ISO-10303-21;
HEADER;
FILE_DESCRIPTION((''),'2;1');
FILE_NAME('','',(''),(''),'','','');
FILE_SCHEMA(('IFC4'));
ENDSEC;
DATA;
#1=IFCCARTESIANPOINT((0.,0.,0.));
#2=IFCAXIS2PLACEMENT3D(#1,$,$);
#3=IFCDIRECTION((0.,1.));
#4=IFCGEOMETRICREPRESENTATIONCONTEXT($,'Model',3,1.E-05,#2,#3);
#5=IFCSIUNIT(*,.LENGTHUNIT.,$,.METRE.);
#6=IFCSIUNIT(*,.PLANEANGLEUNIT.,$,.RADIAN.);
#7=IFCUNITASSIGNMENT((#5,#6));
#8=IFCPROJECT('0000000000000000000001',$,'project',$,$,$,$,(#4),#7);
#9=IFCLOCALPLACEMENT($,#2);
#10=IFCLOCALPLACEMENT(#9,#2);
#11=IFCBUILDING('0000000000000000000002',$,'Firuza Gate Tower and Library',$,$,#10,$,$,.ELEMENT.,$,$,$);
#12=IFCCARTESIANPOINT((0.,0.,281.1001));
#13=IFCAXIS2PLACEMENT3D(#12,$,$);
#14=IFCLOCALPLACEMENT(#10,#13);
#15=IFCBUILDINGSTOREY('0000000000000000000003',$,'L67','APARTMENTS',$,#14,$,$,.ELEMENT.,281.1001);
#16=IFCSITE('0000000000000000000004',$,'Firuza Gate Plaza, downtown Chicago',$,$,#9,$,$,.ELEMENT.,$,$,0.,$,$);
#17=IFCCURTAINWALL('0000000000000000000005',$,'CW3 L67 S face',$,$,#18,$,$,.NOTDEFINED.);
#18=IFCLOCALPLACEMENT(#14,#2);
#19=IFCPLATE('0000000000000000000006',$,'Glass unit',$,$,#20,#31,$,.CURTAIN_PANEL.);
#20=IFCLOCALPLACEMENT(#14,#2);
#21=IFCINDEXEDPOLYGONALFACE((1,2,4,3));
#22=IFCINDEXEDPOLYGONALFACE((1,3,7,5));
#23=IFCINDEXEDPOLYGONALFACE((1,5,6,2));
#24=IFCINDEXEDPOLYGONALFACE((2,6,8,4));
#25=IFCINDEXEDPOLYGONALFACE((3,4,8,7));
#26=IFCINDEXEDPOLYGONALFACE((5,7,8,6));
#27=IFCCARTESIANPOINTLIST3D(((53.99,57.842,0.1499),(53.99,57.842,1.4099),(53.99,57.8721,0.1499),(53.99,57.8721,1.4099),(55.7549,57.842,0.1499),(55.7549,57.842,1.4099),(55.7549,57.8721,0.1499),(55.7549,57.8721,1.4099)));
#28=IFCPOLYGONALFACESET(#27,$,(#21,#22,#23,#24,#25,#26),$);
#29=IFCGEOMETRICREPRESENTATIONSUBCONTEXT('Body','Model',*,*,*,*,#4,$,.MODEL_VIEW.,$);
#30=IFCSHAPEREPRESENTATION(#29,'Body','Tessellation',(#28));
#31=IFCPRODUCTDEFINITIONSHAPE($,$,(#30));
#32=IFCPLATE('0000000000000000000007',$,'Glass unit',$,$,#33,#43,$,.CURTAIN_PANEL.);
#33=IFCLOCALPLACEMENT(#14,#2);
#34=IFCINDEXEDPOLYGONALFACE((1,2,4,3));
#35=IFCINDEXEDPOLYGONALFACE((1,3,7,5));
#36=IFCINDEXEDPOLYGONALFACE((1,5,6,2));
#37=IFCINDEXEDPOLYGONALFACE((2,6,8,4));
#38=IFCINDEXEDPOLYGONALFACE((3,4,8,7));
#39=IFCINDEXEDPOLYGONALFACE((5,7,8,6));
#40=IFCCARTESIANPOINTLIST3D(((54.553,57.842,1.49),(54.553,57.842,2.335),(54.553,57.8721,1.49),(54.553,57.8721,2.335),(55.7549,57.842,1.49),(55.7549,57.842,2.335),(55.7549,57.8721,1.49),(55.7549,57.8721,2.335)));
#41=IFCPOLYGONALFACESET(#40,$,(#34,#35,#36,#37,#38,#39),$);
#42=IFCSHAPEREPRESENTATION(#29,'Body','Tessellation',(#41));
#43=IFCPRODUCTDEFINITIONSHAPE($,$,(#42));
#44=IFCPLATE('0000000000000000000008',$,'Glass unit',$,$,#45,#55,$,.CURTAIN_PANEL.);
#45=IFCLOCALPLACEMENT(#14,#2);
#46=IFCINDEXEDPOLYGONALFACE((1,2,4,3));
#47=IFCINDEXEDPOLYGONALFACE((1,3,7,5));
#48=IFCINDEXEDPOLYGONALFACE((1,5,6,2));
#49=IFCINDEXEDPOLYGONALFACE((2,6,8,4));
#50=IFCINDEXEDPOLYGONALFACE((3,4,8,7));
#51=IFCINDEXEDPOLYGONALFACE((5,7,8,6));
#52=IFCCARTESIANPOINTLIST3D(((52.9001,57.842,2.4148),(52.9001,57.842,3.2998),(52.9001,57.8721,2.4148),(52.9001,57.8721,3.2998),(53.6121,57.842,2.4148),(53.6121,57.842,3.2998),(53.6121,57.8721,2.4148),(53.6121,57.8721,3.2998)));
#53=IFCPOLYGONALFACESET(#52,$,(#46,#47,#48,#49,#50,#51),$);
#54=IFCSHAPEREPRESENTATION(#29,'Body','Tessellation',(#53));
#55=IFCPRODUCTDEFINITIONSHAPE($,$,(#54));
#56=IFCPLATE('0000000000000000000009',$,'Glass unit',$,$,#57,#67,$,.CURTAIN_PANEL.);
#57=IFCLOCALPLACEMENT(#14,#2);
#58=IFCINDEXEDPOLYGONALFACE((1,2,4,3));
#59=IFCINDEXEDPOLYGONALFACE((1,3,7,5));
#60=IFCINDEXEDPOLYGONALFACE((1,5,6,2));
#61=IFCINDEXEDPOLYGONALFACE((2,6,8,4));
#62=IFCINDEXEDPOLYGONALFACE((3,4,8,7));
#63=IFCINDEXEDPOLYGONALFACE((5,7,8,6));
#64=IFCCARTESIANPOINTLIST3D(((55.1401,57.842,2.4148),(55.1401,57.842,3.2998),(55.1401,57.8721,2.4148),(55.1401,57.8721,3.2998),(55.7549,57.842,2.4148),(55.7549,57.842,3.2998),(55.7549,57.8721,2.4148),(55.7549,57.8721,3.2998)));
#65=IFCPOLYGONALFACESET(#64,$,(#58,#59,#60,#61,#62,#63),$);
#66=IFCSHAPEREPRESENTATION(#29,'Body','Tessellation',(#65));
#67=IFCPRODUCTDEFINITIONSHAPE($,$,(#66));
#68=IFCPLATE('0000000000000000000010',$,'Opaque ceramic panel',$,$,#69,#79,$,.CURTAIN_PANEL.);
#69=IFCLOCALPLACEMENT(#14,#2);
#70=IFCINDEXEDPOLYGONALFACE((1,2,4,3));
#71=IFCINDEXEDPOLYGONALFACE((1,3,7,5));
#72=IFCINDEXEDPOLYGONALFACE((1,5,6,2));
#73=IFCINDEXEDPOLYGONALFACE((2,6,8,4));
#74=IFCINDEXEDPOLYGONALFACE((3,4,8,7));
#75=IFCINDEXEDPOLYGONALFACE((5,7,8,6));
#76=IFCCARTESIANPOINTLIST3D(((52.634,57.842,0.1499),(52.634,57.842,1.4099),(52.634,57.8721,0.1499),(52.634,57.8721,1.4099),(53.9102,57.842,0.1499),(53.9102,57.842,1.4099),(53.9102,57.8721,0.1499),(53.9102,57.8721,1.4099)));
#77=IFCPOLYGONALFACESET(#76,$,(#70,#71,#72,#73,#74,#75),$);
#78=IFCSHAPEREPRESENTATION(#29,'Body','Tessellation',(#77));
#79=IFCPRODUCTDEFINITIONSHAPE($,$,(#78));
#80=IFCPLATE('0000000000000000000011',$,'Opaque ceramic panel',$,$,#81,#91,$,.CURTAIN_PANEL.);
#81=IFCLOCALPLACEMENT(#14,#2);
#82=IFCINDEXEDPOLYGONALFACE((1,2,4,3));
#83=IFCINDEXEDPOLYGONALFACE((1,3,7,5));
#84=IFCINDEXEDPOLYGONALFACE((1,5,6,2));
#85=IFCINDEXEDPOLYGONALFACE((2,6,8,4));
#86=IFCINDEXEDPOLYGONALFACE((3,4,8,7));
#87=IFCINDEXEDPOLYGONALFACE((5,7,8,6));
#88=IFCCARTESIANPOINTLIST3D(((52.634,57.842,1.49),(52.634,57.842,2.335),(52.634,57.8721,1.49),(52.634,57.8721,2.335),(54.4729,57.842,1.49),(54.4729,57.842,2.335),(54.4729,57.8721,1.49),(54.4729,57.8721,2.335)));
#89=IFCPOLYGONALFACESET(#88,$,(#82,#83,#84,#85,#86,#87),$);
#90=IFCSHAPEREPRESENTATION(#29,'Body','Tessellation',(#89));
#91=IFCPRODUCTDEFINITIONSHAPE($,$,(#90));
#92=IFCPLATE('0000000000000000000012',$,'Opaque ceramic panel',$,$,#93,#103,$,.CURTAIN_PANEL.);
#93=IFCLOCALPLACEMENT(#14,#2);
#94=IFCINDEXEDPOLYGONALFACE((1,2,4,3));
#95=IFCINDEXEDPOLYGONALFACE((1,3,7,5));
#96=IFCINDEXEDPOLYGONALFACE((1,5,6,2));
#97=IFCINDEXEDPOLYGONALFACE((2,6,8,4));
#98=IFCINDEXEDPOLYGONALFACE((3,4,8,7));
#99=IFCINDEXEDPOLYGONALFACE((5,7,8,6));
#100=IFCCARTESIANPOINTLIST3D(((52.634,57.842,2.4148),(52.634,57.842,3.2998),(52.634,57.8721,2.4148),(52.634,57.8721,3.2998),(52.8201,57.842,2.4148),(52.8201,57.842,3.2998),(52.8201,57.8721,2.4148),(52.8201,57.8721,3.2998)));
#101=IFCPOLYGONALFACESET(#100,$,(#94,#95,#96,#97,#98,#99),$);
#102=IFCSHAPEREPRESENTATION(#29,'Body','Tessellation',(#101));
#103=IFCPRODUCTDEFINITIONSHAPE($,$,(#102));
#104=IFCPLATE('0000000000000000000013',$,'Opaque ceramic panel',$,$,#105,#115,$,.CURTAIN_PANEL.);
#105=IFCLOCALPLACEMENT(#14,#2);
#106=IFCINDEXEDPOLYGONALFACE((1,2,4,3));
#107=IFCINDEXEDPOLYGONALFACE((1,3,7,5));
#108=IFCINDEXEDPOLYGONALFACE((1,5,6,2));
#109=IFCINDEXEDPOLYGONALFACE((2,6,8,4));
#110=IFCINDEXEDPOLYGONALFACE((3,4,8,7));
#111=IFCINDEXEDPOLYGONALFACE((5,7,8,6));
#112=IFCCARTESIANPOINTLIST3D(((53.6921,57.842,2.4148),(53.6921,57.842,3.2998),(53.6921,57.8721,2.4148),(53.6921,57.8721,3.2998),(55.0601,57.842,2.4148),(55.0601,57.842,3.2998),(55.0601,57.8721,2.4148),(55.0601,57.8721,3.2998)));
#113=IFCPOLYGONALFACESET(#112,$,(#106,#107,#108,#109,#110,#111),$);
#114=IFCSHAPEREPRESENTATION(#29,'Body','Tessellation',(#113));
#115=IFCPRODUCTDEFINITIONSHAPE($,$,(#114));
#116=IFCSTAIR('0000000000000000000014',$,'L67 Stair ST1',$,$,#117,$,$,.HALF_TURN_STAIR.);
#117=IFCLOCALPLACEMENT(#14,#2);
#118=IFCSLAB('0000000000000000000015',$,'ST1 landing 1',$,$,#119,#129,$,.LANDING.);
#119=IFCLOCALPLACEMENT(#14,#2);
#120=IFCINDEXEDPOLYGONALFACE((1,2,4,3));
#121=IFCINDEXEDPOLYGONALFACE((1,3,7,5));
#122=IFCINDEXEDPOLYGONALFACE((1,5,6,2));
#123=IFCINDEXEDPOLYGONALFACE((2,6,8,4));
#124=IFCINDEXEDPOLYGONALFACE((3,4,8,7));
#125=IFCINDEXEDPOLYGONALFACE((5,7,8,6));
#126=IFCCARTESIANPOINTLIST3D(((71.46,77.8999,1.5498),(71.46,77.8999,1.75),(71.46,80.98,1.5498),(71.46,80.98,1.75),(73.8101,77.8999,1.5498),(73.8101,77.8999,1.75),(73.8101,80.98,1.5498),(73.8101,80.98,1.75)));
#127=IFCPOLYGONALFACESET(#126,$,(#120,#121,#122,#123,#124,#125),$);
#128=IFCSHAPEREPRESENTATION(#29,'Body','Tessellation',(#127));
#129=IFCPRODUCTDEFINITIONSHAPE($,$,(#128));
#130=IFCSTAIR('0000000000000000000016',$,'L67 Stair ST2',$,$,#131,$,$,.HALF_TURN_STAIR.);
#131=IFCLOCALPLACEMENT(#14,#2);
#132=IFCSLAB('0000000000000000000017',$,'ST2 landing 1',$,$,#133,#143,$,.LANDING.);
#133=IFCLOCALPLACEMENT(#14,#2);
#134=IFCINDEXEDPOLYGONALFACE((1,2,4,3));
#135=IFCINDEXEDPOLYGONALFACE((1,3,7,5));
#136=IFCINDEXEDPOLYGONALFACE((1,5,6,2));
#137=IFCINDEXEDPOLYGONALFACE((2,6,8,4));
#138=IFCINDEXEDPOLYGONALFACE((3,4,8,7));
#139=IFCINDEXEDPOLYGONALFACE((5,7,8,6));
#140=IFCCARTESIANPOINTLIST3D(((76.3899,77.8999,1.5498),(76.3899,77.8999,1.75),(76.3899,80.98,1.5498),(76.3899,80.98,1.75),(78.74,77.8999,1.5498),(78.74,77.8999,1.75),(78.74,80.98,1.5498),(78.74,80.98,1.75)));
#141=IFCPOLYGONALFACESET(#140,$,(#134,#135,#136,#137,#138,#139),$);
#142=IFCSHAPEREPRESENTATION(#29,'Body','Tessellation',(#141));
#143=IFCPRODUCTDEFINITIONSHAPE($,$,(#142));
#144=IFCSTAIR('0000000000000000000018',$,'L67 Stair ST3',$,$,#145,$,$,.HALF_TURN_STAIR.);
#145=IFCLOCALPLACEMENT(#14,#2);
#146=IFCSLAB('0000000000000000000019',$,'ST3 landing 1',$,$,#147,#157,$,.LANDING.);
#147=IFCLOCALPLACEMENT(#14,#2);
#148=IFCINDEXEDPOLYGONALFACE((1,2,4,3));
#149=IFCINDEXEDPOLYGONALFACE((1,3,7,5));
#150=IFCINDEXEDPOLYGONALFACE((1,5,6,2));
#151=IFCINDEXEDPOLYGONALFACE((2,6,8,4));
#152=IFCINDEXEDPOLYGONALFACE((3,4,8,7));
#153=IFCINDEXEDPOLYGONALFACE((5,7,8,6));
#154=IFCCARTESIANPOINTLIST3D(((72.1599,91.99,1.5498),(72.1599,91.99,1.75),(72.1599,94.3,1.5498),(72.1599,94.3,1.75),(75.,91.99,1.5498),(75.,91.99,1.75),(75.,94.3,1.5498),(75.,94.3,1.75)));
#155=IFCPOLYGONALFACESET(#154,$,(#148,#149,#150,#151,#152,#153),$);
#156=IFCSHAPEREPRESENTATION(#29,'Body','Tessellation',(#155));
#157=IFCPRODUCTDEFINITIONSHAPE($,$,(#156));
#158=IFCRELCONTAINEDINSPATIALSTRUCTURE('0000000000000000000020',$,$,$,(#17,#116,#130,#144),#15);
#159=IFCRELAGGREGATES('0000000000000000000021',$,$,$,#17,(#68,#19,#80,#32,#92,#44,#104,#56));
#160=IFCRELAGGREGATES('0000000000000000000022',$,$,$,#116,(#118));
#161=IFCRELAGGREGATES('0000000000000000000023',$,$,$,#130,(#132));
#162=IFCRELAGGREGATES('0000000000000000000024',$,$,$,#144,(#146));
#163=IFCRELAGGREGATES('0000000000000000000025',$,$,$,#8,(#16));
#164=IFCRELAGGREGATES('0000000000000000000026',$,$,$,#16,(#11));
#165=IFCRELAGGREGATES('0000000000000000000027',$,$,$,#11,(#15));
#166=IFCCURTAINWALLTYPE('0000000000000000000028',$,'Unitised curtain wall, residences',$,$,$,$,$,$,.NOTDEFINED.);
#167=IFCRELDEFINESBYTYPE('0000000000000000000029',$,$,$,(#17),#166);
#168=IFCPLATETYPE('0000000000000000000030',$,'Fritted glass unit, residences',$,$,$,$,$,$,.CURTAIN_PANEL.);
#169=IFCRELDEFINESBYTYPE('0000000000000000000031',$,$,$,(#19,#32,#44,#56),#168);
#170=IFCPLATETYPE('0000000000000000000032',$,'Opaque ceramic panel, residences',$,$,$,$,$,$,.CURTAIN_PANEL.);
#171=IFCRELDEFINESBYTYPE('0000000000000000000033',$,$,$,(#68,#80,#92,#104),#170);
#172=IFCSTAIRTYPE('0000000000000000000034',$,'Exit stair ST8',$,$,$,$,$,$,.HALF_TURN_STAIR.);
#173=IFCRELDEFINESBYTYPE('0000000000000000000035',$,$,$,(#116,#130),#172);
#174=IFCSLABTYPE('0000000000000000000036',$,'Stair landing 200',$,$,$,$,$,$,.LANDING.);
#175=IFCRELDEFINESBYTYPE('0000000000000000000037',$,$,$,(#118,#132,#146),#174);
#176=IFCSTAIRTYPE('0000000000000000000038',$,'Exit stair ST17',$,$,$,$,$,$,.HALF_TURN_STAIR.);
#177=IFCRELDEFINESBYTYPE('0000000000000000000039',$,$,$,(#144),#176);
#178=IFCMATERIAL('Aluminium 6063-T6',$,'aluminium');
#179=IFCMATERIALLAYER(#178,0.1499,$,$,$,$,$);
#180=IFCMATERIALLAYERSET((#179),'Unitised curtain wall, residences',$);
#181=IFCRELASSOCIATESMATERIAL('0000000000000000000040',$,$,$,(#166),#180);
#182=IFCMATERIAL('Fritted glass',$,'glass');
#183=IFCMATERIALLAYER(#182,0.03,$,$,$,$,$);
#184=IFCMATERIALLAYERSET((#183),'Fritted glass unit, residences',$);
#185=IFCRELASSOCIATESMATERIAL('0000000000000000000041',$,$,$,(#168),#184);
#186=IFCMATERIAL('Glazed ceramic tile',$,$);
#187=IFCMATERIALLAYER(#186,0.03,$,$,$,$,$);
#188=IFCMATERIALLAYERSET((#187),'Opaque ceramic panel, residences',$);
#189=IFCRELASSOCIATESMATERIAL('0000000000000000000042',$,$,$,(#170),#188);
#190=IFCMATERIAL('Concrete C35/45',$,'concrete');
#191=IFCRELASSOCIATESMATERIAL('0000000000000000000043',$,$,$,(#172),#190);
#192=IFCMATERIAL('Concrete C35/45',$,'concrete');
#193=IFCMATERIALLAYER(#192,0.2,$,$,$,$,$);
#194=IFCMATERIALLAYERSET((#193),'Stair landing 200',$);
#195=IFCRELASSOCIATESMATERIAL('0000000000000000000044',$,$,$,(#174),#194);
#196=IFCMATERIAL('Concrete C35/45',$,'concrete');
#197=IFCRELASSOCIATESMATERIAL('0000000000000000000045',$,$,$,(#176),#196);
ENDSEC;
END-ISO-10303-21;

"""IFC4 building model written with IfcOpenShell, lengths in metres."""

from ifc_helpers import new_model, si_unit, direction, frame, origin, place, context, subcontext, project, spatial, polyline, outline, extrude, material, layer, layer_set, type_object, element, aggregate, save


model = new_model("IFC4")

# Units and contexts
model_context = context("Model", 3, precision=1e-05, world=origin(), true_north=direction((0.0, 1.0)))
body_context = subcontext(model_context, "Body", "Model", "MODEL_VIEW")
ifc_project = project(units=[si_unit("LENGTHUNIT", "METRE"), si_unit("PLANEANGLEUNIT", "RADIAN")], contexts=[model_context])

# Site, building, storey
site_placement = place(None, origin())
site = spatial("IfcSite", under=ifc_project, at=site_placement, Name="Firuza Gate Plaza, downtown Chicago", CompositionType="ELEMENT", RefElevation=0.0)
building_placement = place(site_placement, origin())
building = spatial("IfcBuilding", under=site, at=building_placement, Name="Firuza Gate Tower and Library", CompositionType="ELEMENT")
storey_placement = place(building_placement, frame((0.0, 0.0, 281.1001)))
storey = spatial("IfcBuildingStorey", under=building, at=storey_placement, Name="L67", Description="APARTMENTS", CompositionType="ELEMENT", Elevation=281.1001)

# Curtain wall
ifc_material_1 = material(Name="Aluminium 6063-T6", Category="aluminium")
ifc_layer_1 = layer(ifc_material_1, 0.1499)
ifc_layer_set_1 = layer_set([ifc_layer_1], Name="Unitised curtain wall, residences")
curtain_wall_type_1 = type_object("IfcCurtainWallType", Name="Unitised curtain wall, residences", PredefinedType="NOTDEFINED", material=ifc_layer_set_1)
placement_1 = place(storey_placement, origin())
curtain_wall_1 = element("IfcCurtainWall", 1, at=placement_1, inside=storey, type_object=curtain_wall_type_1, Name="CW3 L67 S face", PredefinedType="NOTDEFINED")

# Plates
ifc_material_2 = material(Name="Fritted glass", Category="glass")
ifc_layer_2 = layer(ifc_material_2, 0.03)
ifc_layer_set_2 = layer_set([ifc_layer_2], Name="Fritted glass unit, residences")
plate_type_1 = type_object("IfcPlateType", Name="Fritted glass unit, residences", PredefinedType="CURTAIN_PANEL", material=ifc_layer_set_2)
plate_1_placement = place(storey_placement, frame((53.99, 57.842, 0.1499), z_axis=(0.0, -1.0, 0.0), x_axis=(1.0, 0.0, 0.0)))
plate_1 = element("IfcPlate", 2, at=plate_1_placement, type_object=plate_type_1, Name="Glass unit", PredefinedType="CURTAIN_PANEL", context=body_context, shape_type="SweptSolid", body=[
    extrude(outline(polyline([(0.0, 0.0), (1.7649, 0.0), (1.7649, 1.26), (0.0, 1.26), (0.0, 0.0)])), origin(), (0.0, 0.0, -1.0), 0.03),
])
plate_2_placement = place(storey_placement, frame((54.553, 57.842, 1.49), z_axis=(0.0, -1.0, 0.0), x_axis=(1.0, 0.0, 0.0)))
plate_2 = element("IfcPlate", 3, at=plate_2_placement, type_object=plate_type_1, Name="Glass unit", PredefinedType="CURTAIN_PANEL", context=body_context, shape_type="SweptSolid", body=[
    extrude(outline(polyline([(0.0, 0.0), (1.2019, 0.0), (1.2019, 0.845), (0.0, 0.845), (0.0, 0.0)])), origin(), (0.0, 0.0, -1.0), 0.03),
])
plate_3_placement = place(storey_placement, frame((52.9001, 57.842, 2.4148), z_axis=(0.0, -1.0, 0.0), x_axis=(1.0, 0.0, 0.0)))
plate_3 = element("IfcPlate", 4, at=plate_3_placement, type_object=plate_type_1, Name="Glass unit", PredefinedType="CURTAIN_PANEL", context=body_context, shape_type="SweptSolid", body=[
    extrude(outline(polyline([(0.0, 0.0), (0.7119, 0.0), (0.7119, 0.885), (0.0, 0.885), (0.0, 0.0)])), origin(), (0.0, 0.0, -1.0), 0.03),
])
plate_4_placement = place(storey_placement, frame((55.1401, 57.842, 2.4148), z_axis=(0.0, -1.0, 0.0), x_axis=(1.0, 0.0, 0.0)))
plate_4 = element("IfcPlate", 5, at=plate_4_placement, type_object=plate_type_1, Name="Glass unit", PredefinedType="CURTAIN_PANEL", context=body_context, shape_type="SweptSolid", body=[
    extrude(outline(polyline([(0.0, 0.0), (0.6147, 0.0), (0.6147, 0.885), (0.0, 0.885), (0.0, 0.0)])), origin(), (0.0, 0.0, -1.0), 0.03),
])
ifc_material_3 = material(Name="Glazed ceramic tile")
ifc_layer_3 = layer(ifc_material_3, 0.03)
ifc_layer_set_3 = layer_set([ifc_layer_3], Name="Opaque ceramic panel, residences")
plate_type_2 = type_object("IfcPlateType", Name="Opaque ceramic panel, residences", PredefinedType="CURTAIN_PANEL", material=ifc_layer_set_3)
plate_5_placement = place(storey_placement, frame((52.634, 57.842, 0.1499), z_axis=(0.0, -1.0, 0.0), x_axis=(1.0, 0.0, 0.0)))
plate_5 = element("IfcPlate", 6, at=plate_5_placement, type_object=plate_type_2, Name="Opaque ceramic panel", PredefinedType="CURTAIN_PANEL", context=body_context, shape_type="SweptSolid", body=[
    extrude(outline(polyline([(0.0, 0.0), (1.2761, 0.0), (1.2761, 1.26), (0.0, 1.26), (0.0, 0.0)])), origin(), (0.0, 0.0, -1.0), 0.03),
])
plate_6_placement = place(storey_placement, frame((52.634, 57.842, 1.49), z_axis=(0.0, -1.0, 0.0), x_axis=(1.0, 0.0, 0.0)))
plate_6 = element("IfcPlate", 7, at=plate_6_placement, type_object=plate_type_2, Name="Opaque ceramic panel", PredefinedType="CURTAIN_PANEL", context=body_context, shape_type="SweptSolid", body=[
    extrude(outline(polyline([(0.0, 0.0), (1.8389, 0.0), (1.8389, 0.845), (0.0, 0.845), (0.0, 0.0)])), origin(), (0.0, 0.0, -1.0), 0.03),
])
plate_7_placement = place(storey_placement, frame((52.634, 57.842, 2.4148), z_axis=(0.0, -1.0, 0.0), x_axis=(1.0, 0.0, 0.0)))
plate_7 = element("IfcPlate", 8, at=plate_7_placement, type_object=plate_type_2, Name="Opaque ceramic panel", PredefinedType="CURTAIN_PANEL", context=body_context, shape_type="SweptSolid", body=[
    extrude(outline(polyline([(0.0, 0.0), (0.186, 0.0), (0.186, 0.885), (0.0, 0.885), (0.0, 0.0)])), origin(), (0.0, 0.0, -1.0), 0.03),
])
plate_8_placement = place(storey_placement, frame((53.6921, 57.842, 2.4148), z_axis=(0.0, -1.0, 0.0), x_axis=(1.0, 0.0, 0.0)))
plate_8 = element("IfcPlate", 9, at=plate_8_placement, type_object=plate_type_2, Name="Opaque ceramic panel", PredefinedType="CURTAIN_PANEL", context=body_context, shape_type="SweptSolid", body=[
    extrude(outline(polyline([(0.0, 0.0), (1.3679, 0.0), (1.3679, 0.885), (0.0, 0.885), (0.0, 0.0)])), origin(), (0.0, 0.0, -1.0), 0.03),
])
aggregate(curtain_wall_1, [plate_5, plate_1, plate_6, plate_2, plate_7, plate_3, plate_8, plate_4])

# Stairs, slabs
ifc_material_4 = material(Name="Concrete C35/45", Category="concrete")
stair_type_1 = type_object("IfcStairType", Name="Exit stair ST8", PredefinedType="HALF_TURN_STAIR", material=ifc_material_4)
stair_1 = element("IfcStair", 10, at=placement_1, inside=storey, type_object=stair_type_1, Name="L67 Stair ST1", PredefinedType="HALF_TURN_STAIR")
ifc_material_5 = material(Name="Concrete C35/45", Category="concrete")
ifc_layer_4 = layer(ifc_material_5, 0.2)
ifc_layer_set_4 = layer_set([ifc_layer_4], Name="Stair landing 200")
slab_type_1 = type_object("IfcSlabType", Name="Stair landing 200", PredefinedType="LANDING", material=ifc_layer_set_4)
placement_2 = place(storey_placement, frame((0.0, 0.0, 1.5498)))
slab_1 = element("IfcSlab", 11, at=placement_2, type_object=slab_type_1, Name="ST1 landing 1", PredefinedType="LANDING", context=body_context, shape_type="SweptSolid", body=[
    extrude(outline(polyline([(71.46, 77.8999), (73.8101, 77.8999), (73.8101, 80.98), (71.46, 80.98), (71.46, 77.8999)])), origin(), (0.0, 0.0, 1.0), 0.2002),
])
aggregate(stair_1, [slab_1])
stair_2 = element("IfcStair", 12, at=placement_1, inside=storey, type_object=stair_type_1, Name="L67 Stair ST2", PredefinedType="HALF_TURN_STAIR")
slab_2 = element("IfcSlab", 13, at=placement_2, type_object=slab_type_1, Name="ST2 landing 1", PredefinedType="LANDING", context=body_context, shape_type="SweptSolid", body=[
    extrude(outline(polyline([(78.74, 80.98), (76.3899, 80.98), (76.3899, 77.8999), (78.74, 77.8999), (78.74, 80.98)])), origin(), (0.0, 0.0, 1.0), 0.2002),
])
aggregate(stair_2, [slab_2])
ifc_material_6 = material(Name="Concrete C35/45", Category="concrete")
stair_type_2 = type_object("IfcStairType", Name="Exit stair ST17", PredefinedType="HALF_TURN_STAIR", material=ifc_material_6)
stair_3 = element("IfcStair", 14, at=placement_1, inside=storey, type_object=stair_type_2, Name="L67 Stair ST3", PredefinedType="HALF_TURN_STAIR")
slab_3 = element("IfcSlab", 15, at=placement_2, type_object=slab_type_1, Name="ST3 landing 1", PredefinedType="LANDING", context=body_context, shape_type="SweptSolid", body=[
    extrude(outline(polyline([(75.0, 91.99), (75.0, 94.3), (72.1599, 94.3), (72.1599, 91.99), (75.0, 91.99)])), origin(), (0.0, 0.0, 1.0), 0.2002),
])
aggregate(stair_3, [slab_3])

save(model, "model.ifc")
